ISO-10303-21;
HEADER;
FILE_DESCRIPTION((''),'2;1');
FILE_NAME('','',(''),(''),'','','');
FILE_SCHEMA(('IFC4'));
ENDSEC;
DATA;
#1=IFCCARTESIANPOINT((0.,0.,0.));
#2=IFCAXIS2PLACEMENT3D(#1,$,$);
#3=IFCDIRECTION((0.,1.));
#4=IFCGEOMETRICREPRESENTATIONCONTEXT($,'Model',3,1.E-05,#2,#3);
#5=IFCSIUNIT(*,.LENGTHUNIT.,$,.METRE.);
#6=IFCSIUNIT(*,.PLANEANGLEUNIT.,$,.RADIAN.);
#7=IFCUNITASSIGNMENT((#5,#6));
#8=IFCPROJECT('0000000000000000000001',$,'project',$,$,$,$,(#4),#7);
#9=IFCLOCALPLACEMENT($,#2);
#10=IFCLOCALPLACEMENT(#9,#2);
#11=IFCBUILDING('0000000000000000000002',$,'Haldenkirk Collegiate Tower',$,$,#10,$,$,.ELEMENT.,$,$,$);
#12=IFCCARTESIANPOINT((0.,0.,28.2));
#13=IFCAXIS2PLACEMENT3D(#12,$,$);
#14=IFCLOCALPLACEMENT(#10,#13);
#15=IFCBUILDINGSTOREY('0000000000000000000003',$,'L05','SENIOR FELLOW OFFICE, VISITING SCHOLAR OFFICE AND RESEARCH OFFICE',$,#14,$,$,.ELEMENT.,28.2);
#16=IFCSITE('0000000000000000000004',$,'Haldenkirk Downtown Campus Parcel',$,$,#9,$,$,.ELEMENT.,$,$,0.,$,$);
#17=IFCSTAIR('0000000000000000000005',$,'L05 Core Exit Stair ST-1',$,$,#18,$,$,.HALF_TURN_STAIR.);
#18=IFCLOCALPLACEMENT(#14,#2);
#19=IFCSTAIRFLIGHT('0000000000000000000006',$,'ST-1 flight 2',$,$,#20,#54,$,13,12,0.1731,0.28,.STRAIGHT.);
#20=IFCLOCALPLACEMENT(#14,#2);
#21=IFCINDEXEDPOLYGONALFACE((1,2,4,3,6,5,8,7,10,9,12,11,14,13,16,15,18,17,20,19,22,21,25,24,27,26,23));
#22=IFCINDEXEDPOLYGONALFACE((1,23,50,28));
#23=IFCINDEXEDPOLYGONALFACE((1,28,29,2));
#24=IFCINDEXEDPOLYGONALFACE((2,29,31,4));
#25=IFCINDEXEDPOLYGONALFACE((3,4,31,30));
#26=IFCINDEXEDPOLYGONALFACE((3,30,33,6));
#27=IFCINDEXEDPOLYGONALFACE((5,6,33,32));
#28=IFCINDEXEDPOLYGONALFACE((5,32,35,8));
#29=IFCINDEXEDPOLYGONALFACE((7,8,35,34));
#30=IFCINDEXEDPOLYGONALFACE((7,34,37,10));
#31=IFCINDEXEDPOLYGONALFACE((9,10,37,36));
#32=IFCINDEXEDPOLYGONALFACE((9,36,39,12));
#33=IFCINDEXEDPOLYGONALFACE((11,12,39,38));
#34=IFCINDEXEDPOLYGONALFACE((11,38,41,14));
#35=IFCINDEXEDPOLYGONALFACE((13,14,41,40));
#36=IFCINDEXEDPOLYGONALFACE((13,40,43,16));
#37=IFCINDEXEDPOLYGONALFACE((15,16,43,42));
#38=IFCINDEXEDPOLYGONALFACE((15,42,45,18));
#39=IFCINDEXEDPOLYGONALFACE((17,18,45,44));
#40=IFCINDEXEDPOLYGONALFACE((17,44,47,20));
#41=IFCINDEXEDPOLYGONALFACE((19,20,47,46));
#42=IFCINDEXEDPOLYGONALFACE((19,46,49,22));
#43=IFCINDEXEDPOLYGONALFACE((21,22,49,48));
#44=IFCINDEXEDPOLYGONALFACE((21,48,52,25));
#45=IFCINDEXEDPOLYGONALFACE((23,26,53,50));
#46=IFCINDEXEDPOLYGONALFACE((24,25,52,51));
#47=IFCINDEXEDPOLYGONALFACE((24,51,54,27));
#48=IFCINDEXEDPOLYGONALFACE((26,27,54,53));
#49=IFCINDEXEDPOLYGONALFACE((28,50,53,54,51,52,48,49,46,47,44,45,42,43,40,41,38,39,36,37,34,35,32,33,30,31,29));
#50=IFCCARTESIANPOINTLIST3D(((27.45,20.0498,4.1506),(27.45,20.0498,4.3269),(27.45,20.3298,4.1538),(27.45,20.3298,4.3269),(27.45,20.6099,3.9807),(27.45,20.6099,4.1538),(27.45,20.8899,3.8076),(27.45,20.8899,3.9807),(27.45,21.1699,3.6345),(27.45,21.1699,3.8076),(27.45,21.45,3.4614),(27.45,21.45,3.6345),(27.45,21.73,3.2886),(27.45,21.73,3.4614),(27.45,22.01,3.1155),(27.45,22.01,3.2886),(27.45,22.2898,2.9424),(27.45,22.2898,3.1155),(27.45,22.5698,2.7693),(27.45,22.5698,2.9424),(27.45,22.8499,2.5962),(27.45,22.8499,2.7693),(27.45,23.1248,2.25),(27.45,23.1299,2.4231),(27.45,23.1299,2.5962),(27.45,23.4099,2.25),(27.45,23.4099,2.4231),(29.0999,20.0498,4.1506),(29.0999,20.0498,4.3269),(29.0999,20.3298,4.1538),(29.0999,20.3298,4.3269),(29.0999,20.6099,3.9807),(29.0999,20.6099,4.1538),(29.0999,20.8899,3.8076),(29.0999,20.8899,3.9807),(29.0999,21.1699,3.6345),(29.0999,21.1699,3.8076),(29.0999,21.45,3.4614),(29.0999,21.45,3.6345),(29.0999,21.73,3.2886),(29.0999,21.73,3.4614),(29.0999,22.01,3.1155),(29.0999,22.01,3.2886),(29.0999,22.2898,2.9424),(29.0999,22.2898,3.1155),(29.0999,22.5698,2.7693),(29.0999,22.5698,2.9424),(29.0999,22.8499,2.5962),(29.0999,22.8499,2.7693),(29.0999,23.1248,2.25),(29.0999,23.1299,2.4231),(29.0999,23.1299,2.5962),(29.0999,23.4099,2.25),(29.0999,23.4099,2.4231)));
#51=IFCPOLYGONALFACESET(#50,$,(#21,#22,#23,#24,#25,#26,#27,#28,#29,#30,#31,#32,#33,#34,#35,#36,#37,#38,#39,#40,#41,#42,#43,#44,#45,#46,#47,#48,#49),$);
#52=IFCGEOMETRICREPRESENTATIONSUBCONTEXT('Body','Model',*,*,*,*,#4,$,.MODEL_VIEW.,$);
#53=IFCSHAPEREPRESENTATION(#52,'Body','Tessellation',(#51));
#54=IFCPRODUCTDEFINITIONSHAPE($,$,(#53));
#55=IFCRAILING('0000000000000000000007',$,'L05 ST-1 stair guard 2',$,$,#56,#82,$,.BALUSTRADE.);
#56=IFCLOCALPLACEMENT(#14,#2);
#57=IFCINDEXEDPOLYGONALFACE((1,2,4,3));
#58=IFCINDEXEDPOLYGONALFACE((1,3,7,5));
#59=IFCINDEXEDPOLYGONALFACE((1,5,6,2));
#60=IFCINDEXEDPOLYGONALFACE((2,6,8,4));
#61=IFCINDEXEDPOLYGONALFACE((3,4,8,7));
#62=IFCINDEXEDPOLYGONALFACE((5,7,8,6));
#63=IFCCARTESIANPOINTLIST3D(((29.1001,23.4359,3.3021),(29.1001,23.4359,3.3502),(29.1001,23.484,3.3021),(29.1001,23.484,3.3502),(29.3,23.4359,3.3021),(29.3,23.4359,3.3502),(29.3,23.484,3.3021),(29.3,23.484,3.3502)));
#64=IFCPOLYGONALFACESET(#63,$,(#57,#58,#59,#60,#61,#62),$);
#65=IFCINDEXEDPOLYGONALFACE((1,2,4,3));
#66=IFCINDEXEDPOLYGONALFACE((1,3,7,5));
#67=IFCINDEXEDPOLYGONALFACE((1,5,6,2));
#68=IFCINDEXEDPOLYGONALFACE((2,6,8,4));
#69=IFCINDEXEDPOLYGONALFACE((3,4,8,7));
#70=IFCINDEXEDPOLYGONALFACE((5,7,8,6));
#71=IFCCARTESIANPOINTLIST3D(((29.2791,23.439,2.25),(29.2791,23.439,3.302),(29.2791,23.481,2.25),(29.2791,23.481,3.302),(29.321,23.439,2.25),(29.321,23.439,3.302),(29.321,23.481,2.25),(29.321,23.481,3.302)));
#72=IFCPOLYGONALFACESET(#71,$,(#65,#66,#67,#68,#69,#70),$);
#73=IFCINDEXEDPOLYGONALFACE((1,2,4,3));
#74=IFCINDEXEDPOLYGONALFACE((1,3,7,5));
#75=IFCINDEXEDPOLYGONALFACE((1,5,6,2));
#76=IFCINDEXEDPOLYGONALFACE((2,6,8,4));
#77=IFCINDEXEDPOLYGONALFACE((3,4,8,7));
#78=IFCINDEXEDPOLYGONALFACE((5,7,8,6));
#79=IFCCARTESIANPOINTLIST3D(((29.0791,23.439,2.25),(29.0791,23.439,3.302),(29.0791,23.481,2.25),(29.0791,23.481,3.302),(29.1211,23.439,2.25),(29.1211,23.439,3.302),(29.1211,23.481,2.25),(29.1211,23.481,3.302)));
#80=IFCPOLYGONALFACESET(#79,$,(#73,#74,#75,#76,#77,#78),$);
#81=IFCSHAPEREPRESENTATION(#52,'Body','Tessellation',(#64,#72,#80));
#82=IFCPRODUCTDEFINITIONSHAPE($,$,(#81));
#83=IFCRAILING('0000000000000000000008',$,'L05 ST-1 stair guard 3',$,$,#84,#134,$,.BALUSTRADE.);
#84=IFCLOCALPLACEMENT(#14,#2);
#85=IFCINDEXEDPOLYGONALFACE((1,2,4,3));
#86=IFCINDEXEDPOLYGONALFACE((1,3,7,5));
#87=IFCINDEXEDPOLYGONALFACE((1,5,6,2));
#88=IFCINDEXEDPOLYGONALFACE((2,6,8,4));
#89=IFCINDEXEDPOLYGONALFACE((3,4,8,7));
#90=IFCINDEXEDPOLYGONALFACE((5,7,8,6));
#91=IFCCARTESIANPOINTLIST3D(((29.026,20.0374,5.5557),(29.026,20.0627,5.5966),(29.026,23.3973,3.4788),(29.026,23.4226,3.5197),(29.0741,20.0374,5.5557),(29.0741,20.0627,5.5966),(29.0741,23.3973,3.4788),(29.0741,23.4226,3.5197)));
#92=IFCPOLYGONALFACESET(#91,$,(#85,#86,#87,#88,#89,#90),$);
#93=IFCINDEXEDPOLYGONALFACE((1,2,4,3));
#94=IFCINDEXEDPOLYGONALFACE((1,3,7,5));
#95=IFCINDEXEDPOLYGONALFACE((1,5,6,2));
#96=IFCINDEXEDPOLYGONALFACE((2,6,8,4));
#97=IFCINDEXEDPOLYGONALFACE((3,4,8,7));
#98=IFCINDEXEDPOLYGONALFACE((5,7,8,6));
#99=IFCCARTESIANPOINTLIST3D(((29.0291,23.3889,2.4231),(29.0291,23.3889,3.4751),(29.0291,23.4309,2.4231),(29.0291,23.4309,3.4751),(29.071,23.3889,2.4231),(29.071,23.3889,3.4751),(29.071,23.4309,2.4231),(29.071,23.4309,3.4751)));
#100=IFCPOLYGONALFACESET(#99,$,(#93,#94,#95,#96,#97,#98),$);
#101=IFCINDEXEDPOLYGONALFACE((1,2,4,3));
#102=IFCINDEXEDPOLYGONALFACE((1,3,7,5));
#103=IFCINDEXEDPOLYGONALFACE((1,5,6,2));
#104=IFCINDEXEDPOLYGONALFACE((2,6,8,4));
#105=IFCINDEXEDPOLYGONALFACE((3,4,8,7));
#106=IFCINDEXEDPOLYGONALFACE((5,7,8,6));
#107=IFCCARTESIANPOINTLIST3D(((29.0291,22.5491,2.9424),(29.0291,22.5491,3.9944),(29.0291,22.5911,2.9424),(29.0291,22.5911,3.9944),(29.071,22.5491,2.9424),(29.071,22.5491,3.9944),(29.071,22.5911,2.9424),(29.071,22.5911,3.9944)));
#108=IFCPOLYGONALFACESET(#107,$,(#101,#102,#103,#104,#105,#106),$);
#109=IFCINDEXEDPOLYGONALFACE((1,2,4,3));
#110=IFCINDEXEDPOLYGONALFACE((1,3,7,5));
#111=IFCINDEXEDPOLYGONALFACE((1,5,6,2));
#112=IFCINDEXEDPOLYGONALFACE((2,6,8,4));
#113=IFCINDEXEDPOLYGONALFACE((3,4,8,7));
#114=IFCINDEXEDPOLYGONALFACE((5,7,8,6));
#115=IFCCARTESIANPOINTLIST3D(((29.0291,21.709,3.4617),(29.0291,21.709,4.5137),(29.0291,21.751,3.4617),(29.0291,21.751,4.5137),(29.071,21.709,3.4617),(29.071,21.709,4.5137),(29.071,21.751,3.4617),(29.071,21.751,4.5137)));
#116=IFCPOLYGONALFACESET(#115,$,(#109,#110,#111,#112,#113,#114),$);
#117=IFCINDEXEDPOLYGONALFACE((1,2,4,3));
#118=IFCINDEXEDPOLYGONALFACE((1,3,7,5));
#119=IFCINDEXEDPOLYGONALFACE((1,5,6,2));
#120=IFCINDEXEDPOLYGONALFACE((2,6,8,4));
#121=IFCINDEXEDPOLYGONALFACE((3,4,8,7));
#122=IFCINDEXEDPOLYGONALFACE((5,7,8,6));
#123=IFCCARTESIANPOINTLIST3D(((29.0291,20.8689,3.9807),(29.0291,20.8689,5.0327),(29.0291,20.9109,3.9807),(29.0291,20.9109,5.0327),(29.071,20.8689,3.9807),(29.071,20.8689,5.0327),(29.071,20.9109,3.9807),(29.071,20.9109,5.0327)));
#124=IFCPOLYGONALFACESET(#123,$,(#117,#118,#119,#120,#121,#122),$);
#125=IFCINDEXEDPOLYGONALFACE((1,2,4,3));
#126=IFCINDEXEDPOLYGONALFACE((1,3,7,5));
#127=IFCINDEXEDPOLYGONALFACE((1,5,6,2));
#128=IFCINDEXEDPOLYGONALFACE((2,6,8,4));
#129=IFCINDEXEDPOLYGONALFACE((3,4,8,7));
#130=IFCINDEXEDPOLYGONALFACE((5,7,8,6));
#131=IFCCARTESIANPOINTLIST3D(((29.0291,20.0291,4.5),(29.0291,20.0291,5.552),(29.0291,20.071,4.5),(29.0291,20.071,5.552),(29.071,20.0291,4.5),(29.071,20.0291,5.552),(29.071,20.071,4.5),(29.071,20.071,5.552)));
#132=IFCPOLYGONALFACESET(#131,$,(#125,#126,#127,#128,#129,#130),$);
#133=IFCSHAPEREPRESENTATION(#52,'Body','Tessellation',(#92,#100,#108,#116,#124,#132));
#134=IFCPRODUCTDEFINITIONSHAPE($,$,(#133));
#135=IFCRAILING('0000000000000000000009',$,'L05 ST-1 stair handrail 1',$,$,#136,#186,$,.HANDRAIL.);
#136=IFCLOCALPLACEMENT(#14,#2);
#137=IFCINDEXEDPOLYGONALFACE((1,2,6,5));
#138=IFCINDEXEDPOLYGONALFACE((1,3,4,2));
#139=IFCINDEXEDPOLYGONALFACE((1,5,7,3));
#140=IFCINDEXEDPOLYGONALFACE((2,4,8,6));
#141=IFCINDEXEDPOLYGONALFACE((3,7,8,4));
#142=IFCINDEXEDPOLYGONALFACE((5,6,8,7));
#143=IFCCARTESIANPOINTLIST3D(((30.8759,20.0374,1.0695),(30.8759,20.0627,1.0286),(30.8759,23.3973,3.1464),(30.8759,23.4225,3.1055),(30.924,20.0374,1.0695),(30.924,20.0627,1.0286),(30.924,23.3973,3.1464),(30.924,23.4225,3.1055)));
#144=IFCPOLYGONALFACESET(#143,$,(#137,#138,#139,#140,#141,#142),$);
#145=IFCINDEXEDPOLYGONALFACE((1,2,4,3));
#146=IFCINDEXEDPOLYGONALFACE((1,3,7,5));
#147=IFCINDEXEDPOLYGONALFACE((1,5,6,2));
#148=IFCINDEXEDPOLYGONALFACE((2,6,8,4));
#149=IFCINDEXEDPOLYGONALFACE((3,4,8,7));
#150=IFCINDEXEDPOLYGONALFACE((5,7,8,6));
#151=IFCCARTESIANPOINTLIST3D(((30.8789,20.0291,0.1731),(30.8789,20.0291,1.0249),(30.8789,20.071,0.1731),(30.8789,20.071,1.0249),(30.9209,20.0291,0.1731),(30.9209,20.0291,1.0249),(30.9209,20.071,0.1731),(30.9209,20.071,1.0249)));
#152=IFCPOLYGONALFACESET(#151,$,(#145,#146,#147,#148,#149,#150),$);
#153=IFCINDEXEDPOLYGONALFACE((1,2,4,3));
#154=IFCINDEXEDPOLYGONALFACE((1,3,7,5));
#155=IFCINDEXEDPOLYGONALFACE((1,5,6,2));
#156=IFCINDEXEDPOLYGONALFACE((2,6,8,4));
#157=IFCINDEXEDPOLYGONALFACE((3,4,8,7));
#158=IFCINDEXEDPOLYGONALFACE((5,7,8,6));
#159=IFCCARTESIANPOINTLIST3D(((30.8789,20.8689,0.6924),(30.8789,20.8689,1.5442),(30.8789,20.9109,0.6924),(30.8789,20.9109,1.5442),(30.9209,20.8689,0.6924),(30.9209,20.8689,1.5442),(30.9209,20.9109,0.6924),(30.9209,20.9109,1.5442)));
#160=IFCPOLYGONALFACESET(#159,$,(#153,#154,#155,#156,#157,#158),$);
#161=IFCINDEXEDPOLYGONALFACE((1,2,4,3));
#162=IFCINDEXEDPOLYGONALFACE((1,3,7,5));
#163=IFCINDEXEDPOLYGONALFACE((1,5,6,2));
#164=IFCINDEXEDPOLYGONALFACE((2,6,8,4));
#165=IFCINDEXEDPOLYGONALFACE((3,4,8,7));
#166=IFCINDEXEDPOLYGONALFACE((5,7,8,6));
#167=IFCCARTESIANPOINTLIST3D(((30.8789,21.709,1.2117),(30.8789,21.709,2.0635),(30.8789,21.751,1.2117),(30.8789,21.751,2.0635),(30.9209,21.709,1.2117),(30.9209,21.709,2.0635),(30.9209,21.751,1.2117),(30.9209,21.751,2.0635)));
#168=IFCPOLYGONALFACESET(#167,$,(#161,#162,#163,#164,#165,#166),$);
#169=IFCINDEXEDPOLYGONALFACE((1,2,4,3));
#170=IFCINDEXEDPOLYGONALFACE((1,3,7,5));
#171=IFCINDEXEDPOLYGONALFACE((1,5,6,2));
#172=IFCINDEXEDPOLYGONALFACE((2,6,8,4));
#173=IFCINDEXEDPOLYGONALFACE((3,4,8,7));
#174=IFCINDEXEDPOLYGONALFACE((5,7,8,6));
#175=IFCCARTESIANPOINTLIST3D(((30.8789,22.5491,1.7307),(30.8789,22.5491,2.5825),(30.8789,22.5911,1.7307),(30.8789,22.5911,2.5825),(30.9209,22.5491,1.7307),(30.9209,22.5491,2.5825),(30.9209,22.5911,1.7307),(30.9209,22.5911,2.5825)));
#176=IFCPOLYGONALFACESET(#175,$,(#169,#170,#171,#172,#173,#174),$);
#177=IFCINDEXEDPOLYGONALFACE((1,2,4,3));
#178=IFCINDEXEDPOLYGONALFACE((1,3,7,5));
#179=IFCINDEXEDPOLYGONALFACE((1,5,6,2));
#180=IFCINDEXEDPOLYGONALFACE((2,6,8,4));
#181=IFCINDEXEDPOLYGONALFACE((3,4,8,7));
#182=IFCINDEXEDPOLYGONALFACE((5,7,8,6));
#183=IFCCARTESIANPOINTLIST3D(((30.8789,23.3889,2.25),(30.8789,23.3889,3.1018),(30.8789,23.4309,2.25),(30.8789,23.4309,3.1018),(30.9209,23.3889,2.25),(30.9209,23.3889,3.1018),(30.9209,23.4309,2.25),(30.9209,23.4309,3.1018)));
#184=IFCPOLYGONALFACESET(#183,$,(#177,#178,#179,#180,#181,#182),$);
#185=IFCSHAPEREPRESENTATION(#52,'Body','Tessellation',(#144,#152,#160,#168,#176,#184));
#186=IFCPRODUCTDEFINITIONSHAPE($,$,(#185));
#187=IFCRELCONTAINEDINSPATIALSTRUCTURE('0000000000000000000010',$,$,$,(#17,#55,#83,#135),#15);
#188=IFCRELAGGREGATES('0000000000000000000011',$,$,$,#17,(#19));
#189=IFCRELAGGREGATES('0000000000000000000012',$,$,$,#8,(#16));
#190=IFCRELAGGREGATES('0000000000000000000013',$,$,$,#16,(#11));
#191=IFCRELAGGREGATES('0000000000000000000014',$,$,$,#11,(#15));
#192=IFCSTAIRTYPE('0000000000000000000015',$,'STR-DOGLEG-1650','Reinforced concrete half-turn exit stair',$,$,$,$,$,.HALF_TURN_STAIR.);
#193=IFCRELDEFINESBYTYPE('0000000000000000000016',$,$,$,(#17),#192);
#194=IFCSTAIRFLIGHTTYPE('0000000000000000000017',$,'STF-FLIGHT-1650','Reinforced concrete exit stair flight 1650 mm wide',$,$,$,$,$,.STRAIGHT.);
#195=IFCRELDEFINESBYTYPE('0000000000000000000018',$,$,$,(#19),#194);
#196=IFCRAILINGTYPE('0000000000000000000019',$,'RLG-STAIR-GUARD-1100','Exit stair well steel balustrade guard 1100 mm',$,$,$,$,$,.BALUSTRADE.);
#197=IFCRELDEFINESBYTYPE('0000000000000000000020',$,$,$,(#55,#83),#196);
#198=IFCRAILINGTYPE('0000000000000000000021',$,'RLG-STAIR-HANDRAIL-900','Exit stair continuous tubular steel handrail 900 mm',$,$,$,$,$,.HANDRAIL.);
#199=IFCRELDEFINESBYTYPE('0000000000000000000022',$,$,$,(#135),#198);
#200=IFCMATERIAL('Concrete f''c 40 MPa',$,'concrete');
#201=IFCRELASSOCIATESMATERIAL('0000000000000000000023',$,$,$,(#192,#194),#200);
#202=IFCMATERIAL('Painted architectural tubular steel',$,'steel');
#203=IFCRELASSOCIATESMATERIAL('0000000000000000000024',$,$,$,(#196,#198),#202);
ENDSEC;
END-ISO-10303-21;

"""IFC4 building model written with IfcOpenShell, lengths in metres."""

from ifc_helpers import new_model, si_unit, direction, frame, origin, origin_2d, place, context, subcontext, project, spatial, polyline, rectangle, outline, extrude, material, type_object, element, aggregate, save


model = new_model("IFC4")

# Units and contexts
model_context = context("Model", 3, precision=1e-05, world=origin(), true_north=direction((0.0, 1.0)))
body_context = subcontext(model_context, "Body", "Model", "MODEL_VIEW")
ifc_project = project(units=[si_unit("LENGTHUNIT", "METRE"), si_unit("PLANEANGLEUNIT", "RADIAN")], contexts=[model_context])

# Site, building, storey
site_placement = place(None, origin())
site = spatial("IfcSite", under=ifc_project, at=site_placement, Name="Haldenkirk Downtown Campus Parcel", CompositionType="ELEMENT", RefElevation=0.0)
building_placement = place(site_placement, origin())
building = spatial("IfcBuilding", under=site, at=building_placement, Name="Haldenkirk Collegiate Tower", CompositionType="ELEMENT")
storey_placement = place(building_placement, frame((0.0, 0.0, 28.2)))
storey = spatial("IfcBuildingStorey", under=building, at=storey_placement, Name="L05", Description="SENIOR FELLOW OFFICE, VISITING SCHOLAR OFFICE AND RESEARCH OFFICE", CompositionType="ELEMENT", Elevation=28.2)

# Stair, stair flight
ifc_material_1 = material(Name="Concrete f'c 40 MPa", Category="concrete")
stair_type = type_object("IfcStairType", Name="STR-DOGLEG-1650", Description="Reinforced concrete half-turn exit stair", PredefinedType="HALF_TURN_STAIR", material=ifc_material_1)
stair_placement = place(storey_placement, origin())
stair = element("IfcStair", 1, at=stair_placement, inside=storey, type_object=stair_type, Name="L05 Core Exit Stair ST-1", PredefinedType="HALF_TURN_STAIR")
stair_flight_type = type_object("IfcStairFlightType", Name="STF-FLIGHT-1650", Description="Reinforced concrete exit stair flight 1650 mm wide", PredefinedType="STRAIGHT", material=ifc_material_1)
stair_flight_1_placement = place(storey_placement, frame((28.2749, 23.4099, 2.25), z_axis=(0.0, 0.0, 1.0), x_axis=(0.0, -1.0, 0.0)))
stair_flight_1 = element("IfcStairFlight", 2, at=stair_flight_1_placement, type_object=stair_flight_type, Name="ST-1 flight 2", NumberOfRisers=13, NumberOfTreads=12, PredefinedType="STRAIGHT", RiserHeight=0.1731, TreadLength=0.28, context=body_context, shape_type="SweptSolid", body=[
    extrude(outline(polyline([(0.0, 0.0), (0.0, 0.1731), (0.28, 0.1731), (0.28, 0.3462), (0.5601, 0.3462), (0.5601, 0.5193), (0.8401, 0.5193), (0.8401, 0.6924), (1.1201, 0.6924), (1.1201, 0.8655), (1.3999, 0.8655), (1.3999, 1.0386), (1.6799, 1.0386), (1.6799, 1.2114), (1.96, 1.2114), (1.96, 1.3845), (2.24, 1.3845), (2.24, 1.5576), (2.52, 1.5576), (2.52, 1.7307), (2.8, 1.7307), (2.8, 1.9038), (3.0801, 1.9038), (3.0801, 2.0769), (3.3601, 2.0769), (3.3601, 2.25), (3.3601, 1.9006), (0.2852, 0.0), (0.0, 0.0)])), frame((0.0, 0.825, 0.0), z_axis=(0.0, -1.0, 0.0), x_axis=(1.0, 0.0, 0.0)), (0.0, 0.0, 1.0), 1.6499),
])
aggregate(stair, [stair_flight_1])

# Railings
ifc_material_2 = material(Name="Painted architectural tubular steel", Category="steel")
railing_type_1 = type_object("IfcRailingType", Name="RLG-STAIR-GUARD-1100", Description="Exit stair well steel balustrade guard 1100 mm", PredefinedType="BALUSTRADE", material=ifc_material_2)
railing_1_placement = place(storey_placement, frame((29.3, 23.46, 2.25)))
element("IfcRailing", 3, at=railing_1_placement, inside=storey, type_object=railing_type_1, Name="L05 ST-1 stair guard 2", PredefinedType="BALUSTRADE", context=body_context, shape_type="SweptSolid", body=[
    extrude(rectangle(XDim=0.0481, YDim=0.0481, at=origin_2d()), frame((0.0, 0.0, 1.0762), z_axis=(-1.0, 0.0, 0.0), x_axis=(0.0, -1.0, 0.0)), (0.0, 0.0, 1.0), 0.2),
    extrude(rectangle(XDim=0.042, YDim=0.042, at=origin_2d()), origin(), (0.0, 0.0, 1.0), 1.052),
    extrude(rectangle(XDim=0.042, YDim=0.042, at=origin_2d()), frame((-0.2, 0.0, 0.0)), (0.0, 0.0, 1.0), 1.052),
])
railing_2_placement = place(storey_placement, frame((29.05, 23.4099, 2.4231)))
element("IfcRailing", 4, at=railing_2_placement, inside=storey, type_object=railing_type_1, Name="L05 ST-1 stair guard 3", PredefinedType="BALUSTRADE", context=body_context, shape_type="SweptSolid", body=[
    extrude(rectangle(XDim=0.0481, YDim=0.0481, at=origin_2d()), frame((0.0, 0.0, 1.0762), z_axis=(0.0, -0.850606, 0.525803), x_axis=(1.0, 0.0, 0.0)), (0.0, 0.0, 1.0), 3.95),
    extrude(rectangle(XDim=0.042, YDim=0.042, at=origin_2d()), origin(), (0.0, 0.0, 1.0), 1.052),
    extrude(rectangle(XDim=0.042, YDim=0.042, at=origin_2d()), frame((0.0, -0.8398, 0.5193)), (0.0, 0.0, 1.0), 1.052),
    extrude(rectangle(XDim=0.042, YDim=0.042, at=origin_2d()), frame((0.0, -1.6799, 1.0386)), (0.0, 0.0, 1.0), 1.052),
    extrude(rectangle(XDim=0.042, YDim=0.042, at=origin_2d()), frame((0.0, -2.52, 1.5576)), (0.0, 0.0, 1.0), 1.052),
    extrude(rectangle(XDim=0.042, YDim=0.042, at=origin_2d()), frame((0.0, -3.3599, 2.0769)), (0.0, 0.0, 1.0), 1.052),
])
railing_type_2 = type_object("IfcRailingType", Name="RLG-STAIR-HANDRAIL-900", Description="Exit stair continuous tubular steel handrail 900 mm", PredefinedType="HANDRAIL", material=ifc_material_2)
railing_3_placement = place(storey_placement, frame((30.8999, 20.05, 0.1731)))
element("IfcRailing", 5, at=railing_3_placement, inside=storey, type_object=railing_type_2, Name="L05 ST-1 stair handrail 1", PredefinedType="HANDRAIL", context=body_context, shape_type="SweptSolid", body=[
    extrude(rectangle(XDim=0.0481, YDim=0.0481, at=origin_2d()), frame((0.0, 0.0, 0.876), z_axis=(0.0, 0.850606, 0.525803), x_axis=(-1.0, 0.0, 0.0)), (0.0, 0.0, 1.0), 3.95),
    extrude(rectangle(XDim=0.042, YDim=0.042, at=origin_2d()), origin(), (0.0, 0.0, 1.0), 0.8518),
    extrude(rectangle(XDim=0.042, YDim=0.042, at=origin_2d()), frame((0.0, 0.8398, 0.5193)), (0.0, 0.0, 1.0), 0.8518),
    extrude(rectangle(XDim=0.042, YDim=0.042, at=origin_2d()), frame((0.0, 1.6799, 1.0386)), (0.0, 0.0, 1.0), 0.8518),
    extrude(rectangle(XDim=0.042, YDim=0.042, at=origin_2d()), frame((0.0, 2.52, 1.5576)), (0.0, 0.0, 1.0), 0.8518),
    extrude(rectangle(XDim=0.042, YDim=0.042, at=origin_2d()), frame((0.0, 3.3599, 2.0769)), (0.0, 0.0, 1.0), 0.8518),
])

save(model, "model.ifc")
